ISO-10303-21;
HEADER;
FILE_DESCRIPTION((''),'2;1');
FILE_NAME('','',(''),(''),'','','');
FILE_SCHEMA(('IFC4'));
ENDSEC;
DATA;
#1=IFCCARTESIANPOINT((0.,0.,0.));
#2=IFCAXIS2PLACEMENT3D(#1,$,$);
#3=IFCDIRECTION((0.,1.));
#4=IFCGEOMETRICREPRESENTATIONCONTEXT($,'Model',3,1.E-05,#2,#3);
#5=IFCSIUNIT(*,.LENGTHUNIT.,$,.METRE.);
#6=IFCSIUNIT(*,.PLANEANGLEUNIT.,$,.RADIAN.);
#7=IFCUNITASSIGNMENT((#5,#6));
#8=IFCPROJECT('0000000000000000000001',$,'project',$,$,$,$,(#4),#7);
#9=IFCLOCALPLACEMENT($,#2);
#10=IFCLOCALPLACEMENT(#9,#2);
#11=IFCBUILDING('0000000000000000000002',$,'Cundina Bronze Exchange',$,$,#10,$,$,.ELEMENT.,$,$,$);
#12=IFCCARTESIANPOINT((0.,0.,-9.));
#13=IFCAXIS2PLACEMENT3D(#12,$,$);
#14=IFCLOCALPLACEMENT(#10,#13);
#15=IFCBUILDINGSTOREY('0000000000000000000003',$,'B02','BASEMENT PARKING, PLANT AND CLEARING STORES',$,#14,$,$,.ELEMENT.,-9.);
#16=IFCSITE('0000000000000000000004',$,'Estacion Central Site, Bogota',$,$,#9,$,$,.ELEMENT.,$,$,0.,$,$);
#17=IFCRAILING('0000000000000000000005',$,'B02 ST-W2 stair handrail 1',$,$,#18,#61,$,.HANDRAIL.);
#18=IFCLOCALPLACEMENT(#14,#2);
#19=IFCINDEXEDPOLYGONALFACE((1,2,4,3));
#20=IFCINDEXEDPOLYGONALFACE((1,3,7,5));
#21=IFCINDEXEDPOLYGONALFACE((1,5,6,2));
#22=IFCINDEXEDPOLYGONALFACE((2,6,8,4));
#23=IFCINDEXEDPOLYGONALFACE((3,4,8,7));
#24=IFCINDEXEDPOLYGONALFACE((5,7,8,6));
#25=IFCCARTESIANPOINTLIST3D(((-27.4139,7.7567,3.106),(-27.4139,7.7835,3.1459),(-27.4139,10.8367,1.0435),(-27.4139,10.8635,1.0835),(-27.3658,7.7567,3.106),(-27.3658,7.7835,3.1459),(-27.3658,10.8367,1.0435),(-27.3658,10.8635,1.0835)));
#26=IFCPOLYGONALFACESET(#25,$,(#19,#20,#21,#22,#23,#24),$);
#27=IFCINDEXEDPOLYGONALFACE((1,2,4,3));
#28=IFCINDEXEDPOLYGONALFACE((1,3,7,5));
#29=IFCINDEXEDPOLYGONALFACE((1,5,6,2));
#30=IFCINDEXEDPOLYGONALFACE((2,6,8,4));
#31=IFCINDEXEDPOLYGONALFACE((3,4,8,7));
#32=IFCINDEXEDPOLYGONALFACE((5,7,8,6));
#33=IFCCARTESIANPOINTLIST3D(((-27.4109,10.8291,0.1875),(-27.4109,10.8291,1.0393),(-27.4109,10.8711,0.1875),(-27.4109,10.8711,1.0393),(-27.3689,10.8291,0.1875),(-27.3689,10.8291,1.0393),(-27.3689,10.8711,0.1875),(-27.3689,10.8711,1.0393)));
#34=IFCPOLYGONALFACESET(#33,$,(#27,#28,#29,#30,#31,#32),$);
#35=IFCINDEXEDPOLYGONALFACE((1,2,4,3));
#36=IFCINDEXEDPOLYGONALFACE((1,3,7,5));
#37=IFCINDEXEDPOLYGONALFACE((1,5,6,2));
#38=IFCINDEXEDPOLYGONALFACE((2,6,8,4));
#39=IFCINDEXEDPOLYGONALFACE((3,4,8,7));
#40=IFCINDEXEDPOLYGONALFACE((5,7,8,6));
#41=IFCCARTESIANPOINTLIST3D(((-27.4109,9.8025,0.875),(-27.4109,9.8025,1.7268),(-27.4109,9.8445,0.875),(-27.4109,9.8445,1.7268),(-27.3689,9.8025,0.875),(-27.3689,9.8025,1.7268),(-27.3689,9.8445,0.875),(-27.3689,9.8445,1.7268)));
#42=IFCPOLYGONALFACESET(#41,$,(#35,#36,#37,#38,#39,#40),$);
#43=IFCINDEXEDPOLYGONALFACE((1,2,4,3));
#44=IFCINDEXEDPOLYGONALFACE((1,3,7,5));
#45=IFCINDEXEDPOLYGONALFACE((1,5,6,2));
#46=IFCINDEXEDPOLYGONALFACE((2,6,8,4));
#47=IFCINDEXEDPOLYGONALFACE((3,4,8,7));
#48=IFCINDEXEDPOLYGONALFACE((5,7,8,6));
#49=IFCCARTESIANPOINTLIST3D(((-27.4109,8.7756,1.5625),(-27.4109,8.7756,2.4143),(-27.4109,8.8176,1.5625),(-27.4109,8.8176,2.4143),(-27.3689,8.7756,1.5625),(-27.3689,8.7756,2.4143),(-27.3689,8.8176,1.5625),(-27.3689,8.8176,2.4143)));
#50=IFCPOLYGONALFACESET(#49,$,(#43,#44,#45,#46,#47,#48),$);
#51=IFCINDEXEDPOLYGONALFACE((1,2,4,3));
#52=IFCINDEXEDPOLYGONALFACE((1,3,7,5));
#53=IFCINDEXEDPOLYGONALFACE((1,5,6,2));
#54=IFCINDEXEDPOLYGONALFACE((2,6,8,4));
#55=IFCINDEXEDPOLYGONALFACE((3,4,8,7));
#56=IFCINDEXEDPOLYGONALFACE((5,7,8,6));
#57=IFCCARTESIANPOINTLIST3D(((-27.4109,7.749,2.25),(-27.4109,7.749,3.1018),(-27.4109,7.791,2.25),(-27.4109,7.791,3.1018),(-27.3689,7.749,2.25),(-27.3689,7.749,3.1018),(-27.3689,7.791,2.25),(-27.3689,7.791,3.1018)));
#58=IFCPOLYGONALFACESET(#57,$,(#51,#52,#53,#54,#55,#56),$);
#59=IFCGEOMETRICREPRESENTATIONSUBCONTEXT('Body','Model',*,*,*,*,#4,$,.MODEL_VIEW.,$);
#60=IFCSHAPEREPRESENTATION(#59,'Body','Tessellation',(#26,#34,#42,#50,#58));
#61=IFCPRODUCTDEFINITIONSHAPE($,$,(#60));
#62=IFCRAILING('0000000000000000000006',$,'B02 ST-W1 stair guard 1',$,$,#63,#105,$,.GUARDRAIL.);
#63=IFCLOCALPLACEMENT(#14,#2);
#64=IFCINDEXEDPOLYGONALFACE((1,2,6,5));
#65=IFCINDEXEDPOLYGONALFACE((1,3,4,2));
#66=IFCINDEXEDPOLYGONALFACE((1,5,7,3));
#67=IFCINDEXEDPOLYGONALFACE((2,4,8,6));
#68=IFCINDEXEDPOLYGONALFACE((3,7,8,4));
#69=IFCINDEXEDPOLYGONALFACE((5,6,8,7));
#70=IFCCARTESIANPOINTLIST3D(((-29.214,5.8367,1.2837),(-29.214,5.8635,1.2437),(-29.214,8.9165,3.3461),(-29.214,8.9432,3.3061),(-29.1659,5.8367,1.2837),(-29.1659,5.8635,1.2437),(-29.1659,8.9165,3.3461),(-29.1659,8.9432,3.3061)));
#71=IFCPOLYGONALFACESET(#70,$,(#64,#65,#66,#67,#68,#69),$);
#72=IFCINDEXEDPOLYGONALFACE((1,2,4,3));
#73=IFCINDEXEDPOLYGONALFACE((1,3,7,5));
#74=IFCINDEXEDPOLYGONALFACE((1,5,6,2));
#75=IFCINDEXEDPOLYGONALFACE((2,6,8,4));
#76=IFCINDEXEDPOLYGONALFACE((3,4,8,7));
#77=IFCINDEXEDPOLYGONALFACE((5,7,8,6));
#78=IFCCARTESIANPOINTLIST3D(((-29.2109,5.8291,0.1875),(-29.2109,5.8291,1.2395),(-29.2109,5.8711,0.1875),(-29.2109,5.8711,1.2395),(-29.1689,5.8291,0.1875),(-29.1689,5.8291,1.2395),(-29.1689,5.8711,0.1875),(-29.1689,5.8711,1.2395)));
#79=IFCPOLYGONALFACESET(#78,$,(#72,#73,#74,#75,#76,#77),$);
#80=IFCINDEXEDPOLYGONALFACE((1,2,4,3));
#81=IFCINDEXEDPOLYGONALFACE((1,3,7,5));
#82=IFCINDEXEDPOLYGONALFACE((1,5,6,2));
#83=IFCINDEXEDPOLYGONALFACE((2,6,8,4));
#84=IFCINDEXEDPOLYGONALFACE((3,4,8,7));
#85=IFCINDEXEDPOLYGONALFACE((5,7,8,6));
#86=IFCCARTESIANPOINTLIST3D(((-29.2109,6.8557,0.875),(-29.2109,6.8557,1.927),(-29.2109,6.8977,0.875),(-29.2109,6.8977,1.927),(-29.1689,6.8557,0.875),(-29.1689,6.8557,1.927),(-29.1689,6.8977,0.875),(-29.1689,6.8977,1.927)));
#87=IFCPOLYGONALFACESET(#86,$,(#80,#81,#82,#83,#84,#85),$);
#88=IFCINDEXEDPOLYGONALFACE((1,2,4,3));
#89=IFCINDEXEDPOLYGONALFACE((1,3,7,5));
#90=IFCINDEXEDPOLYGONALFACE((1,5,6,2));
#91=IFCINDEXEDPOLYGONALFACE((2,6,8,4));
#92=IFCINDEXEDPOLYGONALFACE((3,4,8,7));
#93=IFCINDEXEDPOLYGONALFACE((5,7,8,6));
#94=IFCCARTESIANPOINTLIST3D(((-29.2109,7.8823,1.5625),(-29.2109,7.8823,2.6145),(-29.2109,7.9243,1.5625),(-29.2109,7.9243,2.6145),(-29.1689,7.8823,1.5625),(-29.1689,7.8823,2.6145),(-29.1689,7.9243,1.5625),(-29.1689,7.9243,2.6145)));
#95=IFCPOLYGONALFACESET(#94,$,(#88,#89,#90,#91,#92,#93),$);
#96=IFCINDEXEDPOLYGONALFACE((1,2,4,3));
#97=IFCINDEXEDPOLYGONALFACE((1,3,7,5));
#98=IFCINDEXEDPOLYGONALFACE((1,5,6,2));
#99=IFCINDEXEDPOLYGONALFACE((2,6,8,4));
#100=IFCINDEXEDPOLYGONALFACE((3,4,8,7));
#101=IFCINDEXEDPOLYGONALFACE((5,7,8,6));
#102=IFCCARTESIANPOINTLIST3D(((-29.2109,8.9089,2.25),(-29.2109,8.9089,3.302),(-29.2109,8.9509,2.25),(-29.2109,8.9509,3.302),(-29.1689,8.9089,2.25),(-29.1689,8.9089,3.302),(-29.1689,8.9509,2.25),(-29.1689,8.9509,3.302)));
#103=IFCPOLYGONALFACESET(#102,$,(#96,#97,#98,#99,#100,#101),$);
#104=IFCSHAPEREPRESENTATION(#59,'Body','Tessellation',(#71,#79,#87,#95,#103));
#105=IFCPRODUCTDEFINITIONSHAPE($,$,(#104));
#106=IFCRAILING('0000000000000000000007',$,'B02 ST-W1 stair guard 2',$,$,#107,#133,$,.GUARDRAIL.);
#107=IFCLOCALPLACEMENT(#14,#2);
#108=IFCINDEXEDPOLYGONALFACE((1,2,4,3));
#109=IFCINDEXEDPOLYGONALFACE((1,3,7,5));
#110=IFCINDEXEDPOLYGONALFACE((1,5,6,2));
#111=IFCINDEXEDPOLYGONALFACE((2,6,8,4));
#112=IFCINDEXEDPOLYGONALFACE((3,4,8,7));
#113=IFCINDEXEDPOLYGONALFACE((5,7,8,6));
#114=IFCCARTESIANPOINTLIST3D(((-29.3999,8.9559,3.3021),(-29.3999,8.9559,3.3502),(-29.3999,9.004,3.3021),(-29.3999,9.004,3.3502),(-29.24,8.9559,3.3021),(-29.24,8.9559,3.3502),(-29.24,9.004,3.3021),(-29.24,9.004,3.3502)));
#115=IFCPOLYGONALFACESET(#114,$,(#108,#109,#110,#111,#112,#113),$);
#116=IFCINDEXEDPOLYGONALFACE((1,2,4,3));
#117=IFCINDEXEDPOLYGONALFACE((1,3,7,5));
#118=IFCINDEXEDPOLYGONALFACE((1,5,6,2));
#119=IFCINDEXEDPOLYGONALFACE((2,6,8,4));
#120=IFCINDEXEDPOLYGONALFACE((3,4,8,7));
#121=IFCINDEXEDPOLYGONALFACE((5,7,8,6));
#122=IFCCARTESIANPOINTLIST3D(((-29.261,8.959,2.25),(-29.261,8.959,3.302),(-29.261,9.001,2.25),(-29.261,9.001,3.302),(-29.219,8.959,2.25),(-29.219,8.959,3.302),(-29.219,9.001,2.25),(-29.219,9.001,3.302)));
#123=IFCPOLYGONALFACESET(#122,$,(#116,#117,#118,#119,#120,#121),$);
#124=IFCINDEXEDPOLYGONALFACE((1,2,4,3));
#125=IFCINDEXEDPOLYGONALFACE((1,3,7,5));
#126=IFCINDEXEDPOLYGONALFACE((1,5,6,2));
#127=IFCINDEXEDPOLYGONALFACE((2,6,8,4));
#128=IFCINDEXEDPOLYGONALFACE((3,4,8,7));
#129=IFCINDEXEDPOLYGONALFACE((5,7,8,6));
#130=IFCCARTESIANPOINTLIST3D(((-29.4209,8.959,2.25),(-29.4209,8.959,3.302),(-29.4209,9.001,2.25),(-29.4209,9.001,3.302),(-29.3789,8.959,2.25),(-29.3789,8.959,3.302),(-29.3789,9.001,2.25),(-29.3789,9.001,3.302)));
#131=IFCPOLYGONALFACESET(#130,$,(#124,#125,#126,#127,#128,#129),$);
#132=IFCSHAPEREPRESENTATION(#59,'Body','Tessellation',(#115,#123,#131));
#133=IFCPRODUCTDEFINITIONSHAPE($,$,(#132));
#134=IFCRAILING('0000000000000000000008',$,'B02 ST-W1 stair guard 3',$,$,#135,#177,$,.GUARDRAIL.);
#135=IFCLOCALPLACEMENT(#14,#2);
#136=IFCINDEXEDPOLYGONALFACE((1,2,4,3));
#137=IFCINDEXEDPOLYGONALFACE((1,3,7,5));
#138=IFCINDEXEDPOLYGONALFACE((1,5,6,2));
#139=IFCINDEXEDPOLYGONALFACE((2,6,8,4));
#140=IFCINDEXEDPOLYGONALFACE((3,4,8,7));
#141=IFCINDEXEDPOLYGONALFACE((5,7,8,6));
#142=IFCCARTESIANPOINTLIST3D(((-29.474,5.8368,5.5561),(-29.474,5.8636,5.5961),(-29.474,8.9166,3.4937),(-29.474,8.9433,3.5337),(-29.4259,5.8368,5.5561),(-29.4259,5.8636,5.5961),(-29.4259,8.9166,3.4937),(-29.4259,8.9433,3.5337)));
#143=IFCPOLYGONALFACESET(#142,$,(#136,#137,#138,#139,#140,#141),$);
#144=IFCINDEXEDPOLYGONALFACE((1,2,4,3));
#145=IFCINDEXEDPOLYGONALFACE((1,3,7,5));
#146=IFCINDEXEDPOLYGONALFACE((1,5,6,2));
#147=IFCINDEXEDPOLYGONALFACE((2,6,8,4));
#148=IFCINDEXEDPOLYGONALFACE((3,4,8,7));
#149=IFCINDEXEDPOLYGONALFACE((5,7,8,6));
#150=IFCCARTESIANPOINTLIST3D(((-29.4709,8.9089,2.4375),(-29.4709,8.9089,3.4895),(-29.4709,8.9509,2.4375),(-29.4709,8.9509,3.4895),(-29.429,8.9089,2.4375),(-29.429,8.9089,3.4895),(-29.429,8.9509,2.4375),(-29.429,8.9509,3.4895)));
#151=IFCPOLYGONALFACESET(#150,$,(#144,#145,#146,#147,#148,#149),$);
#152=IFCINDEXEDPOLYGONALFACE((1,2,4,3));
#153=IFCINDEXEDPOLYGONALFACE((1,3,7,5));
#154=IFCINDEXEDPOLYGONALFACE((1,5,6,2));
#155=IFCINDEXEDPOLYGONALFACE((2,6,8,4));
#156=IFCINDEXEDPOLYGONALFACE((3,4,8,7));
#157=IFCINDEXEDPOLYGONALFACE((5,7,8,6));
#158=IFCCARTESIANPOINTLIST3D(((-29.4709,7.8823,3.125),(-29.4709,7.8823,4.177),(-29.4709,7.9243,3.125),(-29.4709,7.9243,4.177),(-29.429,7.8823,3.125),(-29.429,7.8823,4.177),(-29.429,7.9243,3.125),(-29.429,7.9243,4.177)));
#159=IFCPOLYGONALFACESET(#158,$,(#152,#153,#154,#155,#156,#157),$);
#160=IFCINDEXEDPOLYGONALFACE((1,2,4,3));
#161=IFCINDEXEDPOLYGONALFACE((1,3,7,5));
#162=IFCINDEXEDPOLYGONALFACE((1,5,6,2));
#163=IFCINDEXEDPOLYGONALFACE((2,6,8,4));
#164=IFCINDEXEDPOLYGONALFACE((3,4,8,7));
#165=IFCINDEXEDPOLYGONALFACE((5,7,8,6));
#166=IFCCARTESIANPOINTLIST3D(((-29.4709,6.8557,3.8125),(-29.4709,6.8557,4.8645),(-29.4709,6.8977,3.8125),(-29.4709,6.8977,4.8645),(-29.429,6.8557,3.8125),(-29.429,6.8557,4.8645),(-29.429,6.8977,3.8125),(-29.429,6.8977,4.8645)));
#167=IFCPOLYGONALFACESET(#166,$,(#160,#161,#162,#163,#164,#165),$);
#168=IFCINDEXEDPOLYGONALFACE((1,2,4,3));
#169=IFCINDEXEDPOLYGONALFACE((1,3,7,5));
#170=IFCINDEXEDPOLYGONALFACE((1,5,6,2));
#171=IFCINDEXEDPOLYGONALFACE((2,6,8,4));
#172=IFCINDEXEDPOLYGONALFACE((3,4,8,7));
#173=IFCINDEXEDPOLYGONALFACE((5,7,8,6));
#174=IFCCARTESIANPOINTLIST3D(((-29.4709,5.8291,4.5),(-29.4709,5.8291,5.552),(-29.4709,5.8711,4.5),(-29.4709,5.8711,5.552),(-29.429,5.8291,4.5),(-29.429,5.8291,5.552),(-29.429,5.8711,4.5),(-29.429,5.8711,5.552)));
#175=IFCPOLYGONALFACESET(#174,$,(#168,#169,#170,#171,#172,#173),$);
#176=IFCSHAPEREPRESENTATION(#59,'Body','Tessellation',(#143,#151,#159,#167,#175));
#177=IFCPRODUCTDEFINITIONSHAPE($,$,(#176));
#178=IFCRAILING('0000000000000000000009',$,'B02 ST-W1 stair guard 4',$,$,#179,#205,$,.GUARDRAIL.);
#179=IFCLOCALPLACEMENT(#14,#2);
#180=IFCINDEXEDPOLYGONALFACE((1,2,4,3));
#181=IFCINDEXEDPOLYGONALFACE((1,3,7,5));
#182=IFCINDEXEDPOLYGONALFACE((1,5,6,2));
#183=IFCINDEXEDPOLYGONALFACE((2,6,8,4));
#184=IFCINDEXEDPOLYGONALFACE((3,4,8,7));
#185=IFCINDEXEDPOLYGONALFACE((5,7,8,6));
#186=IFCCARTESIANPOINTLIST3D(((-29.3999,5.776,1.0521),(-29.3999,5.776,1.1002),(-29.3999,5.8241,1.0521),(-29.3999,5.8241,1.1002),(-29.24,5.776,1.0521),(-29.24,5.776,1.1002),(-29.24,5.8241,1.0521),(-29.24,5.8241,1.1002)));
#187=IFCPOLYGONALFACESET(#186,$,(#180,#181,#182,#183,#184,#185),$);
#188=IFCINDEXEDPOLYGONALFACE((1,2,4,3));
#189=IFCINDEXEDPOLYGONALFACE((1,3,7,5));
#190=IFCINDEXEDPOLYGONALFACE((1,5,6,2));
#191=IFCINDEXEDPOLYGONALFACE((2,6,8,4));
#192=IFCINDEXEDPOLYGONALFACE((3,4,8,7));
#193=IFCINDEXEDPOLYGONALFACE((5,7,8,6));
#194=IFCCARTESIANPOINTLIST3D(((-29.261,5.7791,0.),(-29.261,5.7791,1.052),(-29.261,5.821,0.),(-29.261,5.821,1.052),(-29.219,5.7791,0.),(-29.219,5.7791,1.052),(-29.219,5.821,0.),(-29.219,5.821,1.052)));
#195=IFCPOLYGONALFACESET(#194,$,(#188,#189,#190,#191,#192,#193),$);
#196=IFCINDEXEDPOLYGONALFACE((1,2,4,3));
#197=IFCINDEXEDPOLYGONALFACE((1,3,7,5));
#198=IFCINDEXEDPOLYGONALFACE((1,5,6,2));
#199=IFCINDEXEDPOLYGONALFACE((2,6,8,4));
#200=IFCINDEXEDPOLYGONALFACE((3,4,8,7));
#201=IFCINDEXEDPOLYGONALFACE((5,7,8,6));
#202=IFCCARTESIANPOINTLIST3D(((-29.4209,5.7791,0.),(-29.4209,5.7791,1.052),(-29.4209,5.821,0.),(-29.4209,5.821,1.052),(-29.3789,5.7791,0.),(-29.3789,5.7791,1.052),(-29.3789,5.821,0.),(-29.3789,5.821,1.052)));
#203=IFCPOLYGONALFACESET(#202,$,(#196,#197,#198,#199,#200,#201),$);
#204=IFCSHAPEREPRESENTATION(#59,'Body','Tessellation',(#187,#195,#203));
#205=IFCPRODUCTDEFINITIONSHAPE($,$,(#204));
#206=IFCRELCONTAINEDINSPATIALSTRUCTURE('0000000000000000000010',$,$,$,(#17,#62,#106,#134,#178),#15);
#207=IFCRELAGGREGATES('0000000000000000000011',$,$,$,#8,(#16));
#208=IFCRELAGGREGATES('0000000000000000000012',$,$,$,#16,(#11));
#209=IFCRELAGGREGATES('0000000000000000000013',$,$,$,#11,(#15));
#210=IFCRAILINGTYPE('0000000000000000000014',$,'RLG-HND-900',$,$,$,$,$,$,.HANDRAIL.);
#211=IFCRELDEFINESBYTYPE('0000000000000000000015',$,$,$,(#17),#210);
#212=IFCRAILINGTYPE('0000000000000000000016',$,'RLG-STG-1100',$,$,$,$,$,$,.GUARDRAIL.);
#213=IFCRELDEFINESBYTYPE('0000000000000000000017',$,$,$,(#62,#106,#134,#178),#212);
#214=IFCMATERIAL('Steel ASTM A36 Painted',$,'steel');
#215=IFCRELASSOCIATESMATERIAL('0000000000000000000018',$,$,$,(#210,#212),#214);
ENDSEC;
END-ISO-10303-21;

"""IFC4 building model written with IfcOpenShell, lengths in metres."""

from ifc_helpers import new_model, si_unit, direction, frame, origin, origin_2d, place, context, subcontext, project, spatial, rectangle, extrude, material, type_object, element, save


model = new_model("IFC4")

# Units and contexts
model_context = context("Model", 3, precision=1e-05, world=origin(), true_north=direction((0.0, 1.0)))
body_context = subcontext(model_context, "Body", "Model", "MODEL_VIEW")
ifc_project = project(units=[si_unit("LENGTHUNIT", "METRE"), si_unit("PLANEANGLEUNIT", "RADIAN")], contexts=[model_context])

# Site, building, storey
site_placement = place(None, origin())
site = spatial("IfcSite", under=ifc_project, at=site_placement, Name="Estacion Central Site, Bogota", CompositionType="ELEMENT", RefElevation=0.0)
building_placement = place(site_placement, origin())
building = spatial("IfcBuilding", under=site, at=building_placement, Name="Cundina Bronze Exchange", CompositionType="ELEMENT")
storey_placement = place(building_placement, frame((0.0, 0.0, -9.0)))
storey = spatial("IfcBuildingStorey", under=building, at=storey_placement, Name="B02", Description="BASEMENT PARKING, PLANT AND CLEARING STORES", CompositionType="ELEMENT", Elevation=-9.0)

# Shared definitions
ifc_material_1 = material(Name="Steel ASTM A36 Painted", Category="steel")

# Railings
railing_type_1 = type_object("IfcRailingType", Name="RLG-HND-900", PredefinedType="HANDRAIL", material=ifc_material_1)
railing_1_placement = place(storey_placement, frame((-27.3899, 10.8501, 0.1875)))
element("IfcRailing", 1, at=railing_1_placement, inside=storey, type_object=railing_type_1, Name="B02 ST-W2 stair handrail 1", PredefinedType="HANDRAIL", context=body_context, shape_type="SweptSolid", body=[
    extrude(rectangle(XDim=0.0481, YDim=0.0481, at=origin_2d()), frame((0.0, 0.0, 0.876), z_axis=(0.0, -0.830914, 0.556401), x_axis=(1.0, 0.0, 0.0)), (0.0, 0.0, 1.0), 3.7068),
    extrude(rectangle(XDim=0.042, YDim=0.042, at=origin_2d()), origin(), (0.0, 0.0, 1.0), 0.8518),
    extrude(rectangle(XDim=0.042, YDim=0.042, at=origin_2d()), frame((0.0, -1.0266, 0.6875)), (0.0, 0.0, 1.0), 0.8518),
    extrude(rectangle(XDim=0.042, YDim=0.042, at=origin_2d()), frame((0.0, -2.0535, 1.375)), (0.0, 0.0, 1.0), 0.8518),
    extrude(rectangle(XDim=0.042, YDim=0.042, at=origin_2d()), frame((0.0, -3.0801, 2.0625)), (0.0, 0.0, 1.0), 0.8518),
])
railing_type_2 = type_object("IfcRailingType", Name="RLG-STG-1100", PredefinedType="GUARDRAIL", material=ifc_material_1)
railing_2_placement = place(storey_placement, frame((-29.1899, 5.8501, 0.1875)))
element("IfcRailing", 2, at=railing_2_placement, inside=storey, type_object=railing_type_2, Name="B02 ST-W1 stair guard 1", PredefinedType="GUARDRAIL", context=body_context, shape_type="SweptSolid", body=[
    extrude(rectangle(XDim=0.0481, YDim=0.0481, at=origin_2d()), frame((0.0, 0.0, 1.0762), z_axis=(0.0, 0.830893, 0.556432), x_axis=(-1.0, 0.0, 0.0)), (0.0, 0.0, 1.0), 3.7065),
    extrude(rectangle(XDim=0.042, YDim=0.042, at=origin_2d()), origin(), (0.0, 0.0, 1.0), 1.052),
    extrude(rectangle(XDim=0.042, YDim=0.042, at=origin_2d()), frame((0.0, 1.0266, 0.6875)), (0.0, 0.0, 1.0), 1.052),
    extrude(rectangle(XDim=0.042, YDim=0.042, at=origin_2d()), frame((0.0, 2.0532, 1.375)), (0.0, 0.0, 1.0), 1.052),
    extrude(rectangle(XDim=0.042, YDim=0.042, at=origin_2d()), frame((0.0, 3.0798, 2.0625)), (0.0, 0.0, 1.0), 1.052),
])
railing_3_placement = place(storey_placement, frame((-29.24, 8.98, 2.25)))
element("IfcRailing", 3, at=railing_3_placement, inside=storey, type_object=railing_type_2, Name="B02 ST-W1 stair guard 2", PredefinedType="GUARDRAIL", context=body_context, shape_type="SweptSolid", body=[
    extrude(rectangle(XDim=0.0481, YDim=0.0481, at=origin_2d()), frame((0.0, 0.0, 1.0762), z_axis=(-1.0, 0.0, 0.0), x_axis=(0.0, -1.0, 0.0)), (0.0, 0.0, 1.0), 0.1599),
    extrude(rectangle(XDim=0.042, YDim=0.042, at=origin_2d()), origin(), (0.0, 0.0, 1.0), 1.052),
    extrude(rectangle(XDim=0.042, YDim=0.042, at=origin_2d()), frame((-0.1599, 0.0, 0.0)), (0.0, 0.0, 1.0), 1.052),
])
railing_4_placement = place(storey_placement, frame((-29.45, 8.9299, 2.4375)))
element("IfcRailing", 4, at=railing_4_placement, inside=storey, type_object=railing_type_2, Name="B02 ST-W1 stair guard 3", PredefinedType="GUARDRAIL", context=body_context, shape_type="SweptSolid", body=[
    extrude(rectangle(XDim=0.0481, YDim=0.0481, at=origin_2d()), frame((0.0, 0.0, 1.0762), z_axis=(0.0, -0.830893, 0.556432), x_axis=(1.0, 0.0, 0.0)), (0.0, 0.0, 1.0), 3.7065),
    extrude(rectangle(XDim=0.042, YDim=0.042, at=origin_2d()), origin(), (0.0, 0.0, 1.0), 1.052),
    extrude(rectangle(XDim=0.042, YDim=0.042, at=origin_2d()), frame((0.0, -1.0266, 0.6875)), (0.0, 0.0, 1.0), 1.052),
    extrude(rectangle(XDim=0.042, YDim=0.042, at=origin_2d()), frame((0.0, -2.0532, 1.375)), (0.0, 0.0, 1.0), 1.052),
    extrude(rectangle(XDim=0.042, YDim=0.042, at=origin_2d()), frame((0.0, -3.0798, 2.0625)), (0.0, 0.0, 1.0), 1.052),
])
railing_5_placement = place(storey_placement, frame((-29.24, 5.8, 0.0)))
element("IfcRailing", 5, at=railing_5_placement, inside=storey, type_object=railing_type_2, Name="B02 ST-W1 stair guard 4", PredefinedType="GUARDRAIL", context=body_context, shape_type="SweptSolid", body=[
    extrude(rectangle(XDim=0.0481, YDim=0.0481, at=origin_2d()), frame((0.0, 0.0, 1.0762), z_axis=(-1.0, 0.0, 0.0), x_axis=(0.0, -1.0, 0.0)), (0.0, 0.0, 1.0), 0.1599),
    extrude(rectangle(XDim=0.042, YDim=0.042, at=origin_2d()), origin(), (0.0, 0.0, 1.0), 1.052),
    extrude(rectangle(XDim=0.042, YDim=0.042, at=origin_2d()), frame((-0.1599, 0.0, 0.0)), (0.0, 0.0, 1.0), 1.052),
])

save(model, "model.ifc")
